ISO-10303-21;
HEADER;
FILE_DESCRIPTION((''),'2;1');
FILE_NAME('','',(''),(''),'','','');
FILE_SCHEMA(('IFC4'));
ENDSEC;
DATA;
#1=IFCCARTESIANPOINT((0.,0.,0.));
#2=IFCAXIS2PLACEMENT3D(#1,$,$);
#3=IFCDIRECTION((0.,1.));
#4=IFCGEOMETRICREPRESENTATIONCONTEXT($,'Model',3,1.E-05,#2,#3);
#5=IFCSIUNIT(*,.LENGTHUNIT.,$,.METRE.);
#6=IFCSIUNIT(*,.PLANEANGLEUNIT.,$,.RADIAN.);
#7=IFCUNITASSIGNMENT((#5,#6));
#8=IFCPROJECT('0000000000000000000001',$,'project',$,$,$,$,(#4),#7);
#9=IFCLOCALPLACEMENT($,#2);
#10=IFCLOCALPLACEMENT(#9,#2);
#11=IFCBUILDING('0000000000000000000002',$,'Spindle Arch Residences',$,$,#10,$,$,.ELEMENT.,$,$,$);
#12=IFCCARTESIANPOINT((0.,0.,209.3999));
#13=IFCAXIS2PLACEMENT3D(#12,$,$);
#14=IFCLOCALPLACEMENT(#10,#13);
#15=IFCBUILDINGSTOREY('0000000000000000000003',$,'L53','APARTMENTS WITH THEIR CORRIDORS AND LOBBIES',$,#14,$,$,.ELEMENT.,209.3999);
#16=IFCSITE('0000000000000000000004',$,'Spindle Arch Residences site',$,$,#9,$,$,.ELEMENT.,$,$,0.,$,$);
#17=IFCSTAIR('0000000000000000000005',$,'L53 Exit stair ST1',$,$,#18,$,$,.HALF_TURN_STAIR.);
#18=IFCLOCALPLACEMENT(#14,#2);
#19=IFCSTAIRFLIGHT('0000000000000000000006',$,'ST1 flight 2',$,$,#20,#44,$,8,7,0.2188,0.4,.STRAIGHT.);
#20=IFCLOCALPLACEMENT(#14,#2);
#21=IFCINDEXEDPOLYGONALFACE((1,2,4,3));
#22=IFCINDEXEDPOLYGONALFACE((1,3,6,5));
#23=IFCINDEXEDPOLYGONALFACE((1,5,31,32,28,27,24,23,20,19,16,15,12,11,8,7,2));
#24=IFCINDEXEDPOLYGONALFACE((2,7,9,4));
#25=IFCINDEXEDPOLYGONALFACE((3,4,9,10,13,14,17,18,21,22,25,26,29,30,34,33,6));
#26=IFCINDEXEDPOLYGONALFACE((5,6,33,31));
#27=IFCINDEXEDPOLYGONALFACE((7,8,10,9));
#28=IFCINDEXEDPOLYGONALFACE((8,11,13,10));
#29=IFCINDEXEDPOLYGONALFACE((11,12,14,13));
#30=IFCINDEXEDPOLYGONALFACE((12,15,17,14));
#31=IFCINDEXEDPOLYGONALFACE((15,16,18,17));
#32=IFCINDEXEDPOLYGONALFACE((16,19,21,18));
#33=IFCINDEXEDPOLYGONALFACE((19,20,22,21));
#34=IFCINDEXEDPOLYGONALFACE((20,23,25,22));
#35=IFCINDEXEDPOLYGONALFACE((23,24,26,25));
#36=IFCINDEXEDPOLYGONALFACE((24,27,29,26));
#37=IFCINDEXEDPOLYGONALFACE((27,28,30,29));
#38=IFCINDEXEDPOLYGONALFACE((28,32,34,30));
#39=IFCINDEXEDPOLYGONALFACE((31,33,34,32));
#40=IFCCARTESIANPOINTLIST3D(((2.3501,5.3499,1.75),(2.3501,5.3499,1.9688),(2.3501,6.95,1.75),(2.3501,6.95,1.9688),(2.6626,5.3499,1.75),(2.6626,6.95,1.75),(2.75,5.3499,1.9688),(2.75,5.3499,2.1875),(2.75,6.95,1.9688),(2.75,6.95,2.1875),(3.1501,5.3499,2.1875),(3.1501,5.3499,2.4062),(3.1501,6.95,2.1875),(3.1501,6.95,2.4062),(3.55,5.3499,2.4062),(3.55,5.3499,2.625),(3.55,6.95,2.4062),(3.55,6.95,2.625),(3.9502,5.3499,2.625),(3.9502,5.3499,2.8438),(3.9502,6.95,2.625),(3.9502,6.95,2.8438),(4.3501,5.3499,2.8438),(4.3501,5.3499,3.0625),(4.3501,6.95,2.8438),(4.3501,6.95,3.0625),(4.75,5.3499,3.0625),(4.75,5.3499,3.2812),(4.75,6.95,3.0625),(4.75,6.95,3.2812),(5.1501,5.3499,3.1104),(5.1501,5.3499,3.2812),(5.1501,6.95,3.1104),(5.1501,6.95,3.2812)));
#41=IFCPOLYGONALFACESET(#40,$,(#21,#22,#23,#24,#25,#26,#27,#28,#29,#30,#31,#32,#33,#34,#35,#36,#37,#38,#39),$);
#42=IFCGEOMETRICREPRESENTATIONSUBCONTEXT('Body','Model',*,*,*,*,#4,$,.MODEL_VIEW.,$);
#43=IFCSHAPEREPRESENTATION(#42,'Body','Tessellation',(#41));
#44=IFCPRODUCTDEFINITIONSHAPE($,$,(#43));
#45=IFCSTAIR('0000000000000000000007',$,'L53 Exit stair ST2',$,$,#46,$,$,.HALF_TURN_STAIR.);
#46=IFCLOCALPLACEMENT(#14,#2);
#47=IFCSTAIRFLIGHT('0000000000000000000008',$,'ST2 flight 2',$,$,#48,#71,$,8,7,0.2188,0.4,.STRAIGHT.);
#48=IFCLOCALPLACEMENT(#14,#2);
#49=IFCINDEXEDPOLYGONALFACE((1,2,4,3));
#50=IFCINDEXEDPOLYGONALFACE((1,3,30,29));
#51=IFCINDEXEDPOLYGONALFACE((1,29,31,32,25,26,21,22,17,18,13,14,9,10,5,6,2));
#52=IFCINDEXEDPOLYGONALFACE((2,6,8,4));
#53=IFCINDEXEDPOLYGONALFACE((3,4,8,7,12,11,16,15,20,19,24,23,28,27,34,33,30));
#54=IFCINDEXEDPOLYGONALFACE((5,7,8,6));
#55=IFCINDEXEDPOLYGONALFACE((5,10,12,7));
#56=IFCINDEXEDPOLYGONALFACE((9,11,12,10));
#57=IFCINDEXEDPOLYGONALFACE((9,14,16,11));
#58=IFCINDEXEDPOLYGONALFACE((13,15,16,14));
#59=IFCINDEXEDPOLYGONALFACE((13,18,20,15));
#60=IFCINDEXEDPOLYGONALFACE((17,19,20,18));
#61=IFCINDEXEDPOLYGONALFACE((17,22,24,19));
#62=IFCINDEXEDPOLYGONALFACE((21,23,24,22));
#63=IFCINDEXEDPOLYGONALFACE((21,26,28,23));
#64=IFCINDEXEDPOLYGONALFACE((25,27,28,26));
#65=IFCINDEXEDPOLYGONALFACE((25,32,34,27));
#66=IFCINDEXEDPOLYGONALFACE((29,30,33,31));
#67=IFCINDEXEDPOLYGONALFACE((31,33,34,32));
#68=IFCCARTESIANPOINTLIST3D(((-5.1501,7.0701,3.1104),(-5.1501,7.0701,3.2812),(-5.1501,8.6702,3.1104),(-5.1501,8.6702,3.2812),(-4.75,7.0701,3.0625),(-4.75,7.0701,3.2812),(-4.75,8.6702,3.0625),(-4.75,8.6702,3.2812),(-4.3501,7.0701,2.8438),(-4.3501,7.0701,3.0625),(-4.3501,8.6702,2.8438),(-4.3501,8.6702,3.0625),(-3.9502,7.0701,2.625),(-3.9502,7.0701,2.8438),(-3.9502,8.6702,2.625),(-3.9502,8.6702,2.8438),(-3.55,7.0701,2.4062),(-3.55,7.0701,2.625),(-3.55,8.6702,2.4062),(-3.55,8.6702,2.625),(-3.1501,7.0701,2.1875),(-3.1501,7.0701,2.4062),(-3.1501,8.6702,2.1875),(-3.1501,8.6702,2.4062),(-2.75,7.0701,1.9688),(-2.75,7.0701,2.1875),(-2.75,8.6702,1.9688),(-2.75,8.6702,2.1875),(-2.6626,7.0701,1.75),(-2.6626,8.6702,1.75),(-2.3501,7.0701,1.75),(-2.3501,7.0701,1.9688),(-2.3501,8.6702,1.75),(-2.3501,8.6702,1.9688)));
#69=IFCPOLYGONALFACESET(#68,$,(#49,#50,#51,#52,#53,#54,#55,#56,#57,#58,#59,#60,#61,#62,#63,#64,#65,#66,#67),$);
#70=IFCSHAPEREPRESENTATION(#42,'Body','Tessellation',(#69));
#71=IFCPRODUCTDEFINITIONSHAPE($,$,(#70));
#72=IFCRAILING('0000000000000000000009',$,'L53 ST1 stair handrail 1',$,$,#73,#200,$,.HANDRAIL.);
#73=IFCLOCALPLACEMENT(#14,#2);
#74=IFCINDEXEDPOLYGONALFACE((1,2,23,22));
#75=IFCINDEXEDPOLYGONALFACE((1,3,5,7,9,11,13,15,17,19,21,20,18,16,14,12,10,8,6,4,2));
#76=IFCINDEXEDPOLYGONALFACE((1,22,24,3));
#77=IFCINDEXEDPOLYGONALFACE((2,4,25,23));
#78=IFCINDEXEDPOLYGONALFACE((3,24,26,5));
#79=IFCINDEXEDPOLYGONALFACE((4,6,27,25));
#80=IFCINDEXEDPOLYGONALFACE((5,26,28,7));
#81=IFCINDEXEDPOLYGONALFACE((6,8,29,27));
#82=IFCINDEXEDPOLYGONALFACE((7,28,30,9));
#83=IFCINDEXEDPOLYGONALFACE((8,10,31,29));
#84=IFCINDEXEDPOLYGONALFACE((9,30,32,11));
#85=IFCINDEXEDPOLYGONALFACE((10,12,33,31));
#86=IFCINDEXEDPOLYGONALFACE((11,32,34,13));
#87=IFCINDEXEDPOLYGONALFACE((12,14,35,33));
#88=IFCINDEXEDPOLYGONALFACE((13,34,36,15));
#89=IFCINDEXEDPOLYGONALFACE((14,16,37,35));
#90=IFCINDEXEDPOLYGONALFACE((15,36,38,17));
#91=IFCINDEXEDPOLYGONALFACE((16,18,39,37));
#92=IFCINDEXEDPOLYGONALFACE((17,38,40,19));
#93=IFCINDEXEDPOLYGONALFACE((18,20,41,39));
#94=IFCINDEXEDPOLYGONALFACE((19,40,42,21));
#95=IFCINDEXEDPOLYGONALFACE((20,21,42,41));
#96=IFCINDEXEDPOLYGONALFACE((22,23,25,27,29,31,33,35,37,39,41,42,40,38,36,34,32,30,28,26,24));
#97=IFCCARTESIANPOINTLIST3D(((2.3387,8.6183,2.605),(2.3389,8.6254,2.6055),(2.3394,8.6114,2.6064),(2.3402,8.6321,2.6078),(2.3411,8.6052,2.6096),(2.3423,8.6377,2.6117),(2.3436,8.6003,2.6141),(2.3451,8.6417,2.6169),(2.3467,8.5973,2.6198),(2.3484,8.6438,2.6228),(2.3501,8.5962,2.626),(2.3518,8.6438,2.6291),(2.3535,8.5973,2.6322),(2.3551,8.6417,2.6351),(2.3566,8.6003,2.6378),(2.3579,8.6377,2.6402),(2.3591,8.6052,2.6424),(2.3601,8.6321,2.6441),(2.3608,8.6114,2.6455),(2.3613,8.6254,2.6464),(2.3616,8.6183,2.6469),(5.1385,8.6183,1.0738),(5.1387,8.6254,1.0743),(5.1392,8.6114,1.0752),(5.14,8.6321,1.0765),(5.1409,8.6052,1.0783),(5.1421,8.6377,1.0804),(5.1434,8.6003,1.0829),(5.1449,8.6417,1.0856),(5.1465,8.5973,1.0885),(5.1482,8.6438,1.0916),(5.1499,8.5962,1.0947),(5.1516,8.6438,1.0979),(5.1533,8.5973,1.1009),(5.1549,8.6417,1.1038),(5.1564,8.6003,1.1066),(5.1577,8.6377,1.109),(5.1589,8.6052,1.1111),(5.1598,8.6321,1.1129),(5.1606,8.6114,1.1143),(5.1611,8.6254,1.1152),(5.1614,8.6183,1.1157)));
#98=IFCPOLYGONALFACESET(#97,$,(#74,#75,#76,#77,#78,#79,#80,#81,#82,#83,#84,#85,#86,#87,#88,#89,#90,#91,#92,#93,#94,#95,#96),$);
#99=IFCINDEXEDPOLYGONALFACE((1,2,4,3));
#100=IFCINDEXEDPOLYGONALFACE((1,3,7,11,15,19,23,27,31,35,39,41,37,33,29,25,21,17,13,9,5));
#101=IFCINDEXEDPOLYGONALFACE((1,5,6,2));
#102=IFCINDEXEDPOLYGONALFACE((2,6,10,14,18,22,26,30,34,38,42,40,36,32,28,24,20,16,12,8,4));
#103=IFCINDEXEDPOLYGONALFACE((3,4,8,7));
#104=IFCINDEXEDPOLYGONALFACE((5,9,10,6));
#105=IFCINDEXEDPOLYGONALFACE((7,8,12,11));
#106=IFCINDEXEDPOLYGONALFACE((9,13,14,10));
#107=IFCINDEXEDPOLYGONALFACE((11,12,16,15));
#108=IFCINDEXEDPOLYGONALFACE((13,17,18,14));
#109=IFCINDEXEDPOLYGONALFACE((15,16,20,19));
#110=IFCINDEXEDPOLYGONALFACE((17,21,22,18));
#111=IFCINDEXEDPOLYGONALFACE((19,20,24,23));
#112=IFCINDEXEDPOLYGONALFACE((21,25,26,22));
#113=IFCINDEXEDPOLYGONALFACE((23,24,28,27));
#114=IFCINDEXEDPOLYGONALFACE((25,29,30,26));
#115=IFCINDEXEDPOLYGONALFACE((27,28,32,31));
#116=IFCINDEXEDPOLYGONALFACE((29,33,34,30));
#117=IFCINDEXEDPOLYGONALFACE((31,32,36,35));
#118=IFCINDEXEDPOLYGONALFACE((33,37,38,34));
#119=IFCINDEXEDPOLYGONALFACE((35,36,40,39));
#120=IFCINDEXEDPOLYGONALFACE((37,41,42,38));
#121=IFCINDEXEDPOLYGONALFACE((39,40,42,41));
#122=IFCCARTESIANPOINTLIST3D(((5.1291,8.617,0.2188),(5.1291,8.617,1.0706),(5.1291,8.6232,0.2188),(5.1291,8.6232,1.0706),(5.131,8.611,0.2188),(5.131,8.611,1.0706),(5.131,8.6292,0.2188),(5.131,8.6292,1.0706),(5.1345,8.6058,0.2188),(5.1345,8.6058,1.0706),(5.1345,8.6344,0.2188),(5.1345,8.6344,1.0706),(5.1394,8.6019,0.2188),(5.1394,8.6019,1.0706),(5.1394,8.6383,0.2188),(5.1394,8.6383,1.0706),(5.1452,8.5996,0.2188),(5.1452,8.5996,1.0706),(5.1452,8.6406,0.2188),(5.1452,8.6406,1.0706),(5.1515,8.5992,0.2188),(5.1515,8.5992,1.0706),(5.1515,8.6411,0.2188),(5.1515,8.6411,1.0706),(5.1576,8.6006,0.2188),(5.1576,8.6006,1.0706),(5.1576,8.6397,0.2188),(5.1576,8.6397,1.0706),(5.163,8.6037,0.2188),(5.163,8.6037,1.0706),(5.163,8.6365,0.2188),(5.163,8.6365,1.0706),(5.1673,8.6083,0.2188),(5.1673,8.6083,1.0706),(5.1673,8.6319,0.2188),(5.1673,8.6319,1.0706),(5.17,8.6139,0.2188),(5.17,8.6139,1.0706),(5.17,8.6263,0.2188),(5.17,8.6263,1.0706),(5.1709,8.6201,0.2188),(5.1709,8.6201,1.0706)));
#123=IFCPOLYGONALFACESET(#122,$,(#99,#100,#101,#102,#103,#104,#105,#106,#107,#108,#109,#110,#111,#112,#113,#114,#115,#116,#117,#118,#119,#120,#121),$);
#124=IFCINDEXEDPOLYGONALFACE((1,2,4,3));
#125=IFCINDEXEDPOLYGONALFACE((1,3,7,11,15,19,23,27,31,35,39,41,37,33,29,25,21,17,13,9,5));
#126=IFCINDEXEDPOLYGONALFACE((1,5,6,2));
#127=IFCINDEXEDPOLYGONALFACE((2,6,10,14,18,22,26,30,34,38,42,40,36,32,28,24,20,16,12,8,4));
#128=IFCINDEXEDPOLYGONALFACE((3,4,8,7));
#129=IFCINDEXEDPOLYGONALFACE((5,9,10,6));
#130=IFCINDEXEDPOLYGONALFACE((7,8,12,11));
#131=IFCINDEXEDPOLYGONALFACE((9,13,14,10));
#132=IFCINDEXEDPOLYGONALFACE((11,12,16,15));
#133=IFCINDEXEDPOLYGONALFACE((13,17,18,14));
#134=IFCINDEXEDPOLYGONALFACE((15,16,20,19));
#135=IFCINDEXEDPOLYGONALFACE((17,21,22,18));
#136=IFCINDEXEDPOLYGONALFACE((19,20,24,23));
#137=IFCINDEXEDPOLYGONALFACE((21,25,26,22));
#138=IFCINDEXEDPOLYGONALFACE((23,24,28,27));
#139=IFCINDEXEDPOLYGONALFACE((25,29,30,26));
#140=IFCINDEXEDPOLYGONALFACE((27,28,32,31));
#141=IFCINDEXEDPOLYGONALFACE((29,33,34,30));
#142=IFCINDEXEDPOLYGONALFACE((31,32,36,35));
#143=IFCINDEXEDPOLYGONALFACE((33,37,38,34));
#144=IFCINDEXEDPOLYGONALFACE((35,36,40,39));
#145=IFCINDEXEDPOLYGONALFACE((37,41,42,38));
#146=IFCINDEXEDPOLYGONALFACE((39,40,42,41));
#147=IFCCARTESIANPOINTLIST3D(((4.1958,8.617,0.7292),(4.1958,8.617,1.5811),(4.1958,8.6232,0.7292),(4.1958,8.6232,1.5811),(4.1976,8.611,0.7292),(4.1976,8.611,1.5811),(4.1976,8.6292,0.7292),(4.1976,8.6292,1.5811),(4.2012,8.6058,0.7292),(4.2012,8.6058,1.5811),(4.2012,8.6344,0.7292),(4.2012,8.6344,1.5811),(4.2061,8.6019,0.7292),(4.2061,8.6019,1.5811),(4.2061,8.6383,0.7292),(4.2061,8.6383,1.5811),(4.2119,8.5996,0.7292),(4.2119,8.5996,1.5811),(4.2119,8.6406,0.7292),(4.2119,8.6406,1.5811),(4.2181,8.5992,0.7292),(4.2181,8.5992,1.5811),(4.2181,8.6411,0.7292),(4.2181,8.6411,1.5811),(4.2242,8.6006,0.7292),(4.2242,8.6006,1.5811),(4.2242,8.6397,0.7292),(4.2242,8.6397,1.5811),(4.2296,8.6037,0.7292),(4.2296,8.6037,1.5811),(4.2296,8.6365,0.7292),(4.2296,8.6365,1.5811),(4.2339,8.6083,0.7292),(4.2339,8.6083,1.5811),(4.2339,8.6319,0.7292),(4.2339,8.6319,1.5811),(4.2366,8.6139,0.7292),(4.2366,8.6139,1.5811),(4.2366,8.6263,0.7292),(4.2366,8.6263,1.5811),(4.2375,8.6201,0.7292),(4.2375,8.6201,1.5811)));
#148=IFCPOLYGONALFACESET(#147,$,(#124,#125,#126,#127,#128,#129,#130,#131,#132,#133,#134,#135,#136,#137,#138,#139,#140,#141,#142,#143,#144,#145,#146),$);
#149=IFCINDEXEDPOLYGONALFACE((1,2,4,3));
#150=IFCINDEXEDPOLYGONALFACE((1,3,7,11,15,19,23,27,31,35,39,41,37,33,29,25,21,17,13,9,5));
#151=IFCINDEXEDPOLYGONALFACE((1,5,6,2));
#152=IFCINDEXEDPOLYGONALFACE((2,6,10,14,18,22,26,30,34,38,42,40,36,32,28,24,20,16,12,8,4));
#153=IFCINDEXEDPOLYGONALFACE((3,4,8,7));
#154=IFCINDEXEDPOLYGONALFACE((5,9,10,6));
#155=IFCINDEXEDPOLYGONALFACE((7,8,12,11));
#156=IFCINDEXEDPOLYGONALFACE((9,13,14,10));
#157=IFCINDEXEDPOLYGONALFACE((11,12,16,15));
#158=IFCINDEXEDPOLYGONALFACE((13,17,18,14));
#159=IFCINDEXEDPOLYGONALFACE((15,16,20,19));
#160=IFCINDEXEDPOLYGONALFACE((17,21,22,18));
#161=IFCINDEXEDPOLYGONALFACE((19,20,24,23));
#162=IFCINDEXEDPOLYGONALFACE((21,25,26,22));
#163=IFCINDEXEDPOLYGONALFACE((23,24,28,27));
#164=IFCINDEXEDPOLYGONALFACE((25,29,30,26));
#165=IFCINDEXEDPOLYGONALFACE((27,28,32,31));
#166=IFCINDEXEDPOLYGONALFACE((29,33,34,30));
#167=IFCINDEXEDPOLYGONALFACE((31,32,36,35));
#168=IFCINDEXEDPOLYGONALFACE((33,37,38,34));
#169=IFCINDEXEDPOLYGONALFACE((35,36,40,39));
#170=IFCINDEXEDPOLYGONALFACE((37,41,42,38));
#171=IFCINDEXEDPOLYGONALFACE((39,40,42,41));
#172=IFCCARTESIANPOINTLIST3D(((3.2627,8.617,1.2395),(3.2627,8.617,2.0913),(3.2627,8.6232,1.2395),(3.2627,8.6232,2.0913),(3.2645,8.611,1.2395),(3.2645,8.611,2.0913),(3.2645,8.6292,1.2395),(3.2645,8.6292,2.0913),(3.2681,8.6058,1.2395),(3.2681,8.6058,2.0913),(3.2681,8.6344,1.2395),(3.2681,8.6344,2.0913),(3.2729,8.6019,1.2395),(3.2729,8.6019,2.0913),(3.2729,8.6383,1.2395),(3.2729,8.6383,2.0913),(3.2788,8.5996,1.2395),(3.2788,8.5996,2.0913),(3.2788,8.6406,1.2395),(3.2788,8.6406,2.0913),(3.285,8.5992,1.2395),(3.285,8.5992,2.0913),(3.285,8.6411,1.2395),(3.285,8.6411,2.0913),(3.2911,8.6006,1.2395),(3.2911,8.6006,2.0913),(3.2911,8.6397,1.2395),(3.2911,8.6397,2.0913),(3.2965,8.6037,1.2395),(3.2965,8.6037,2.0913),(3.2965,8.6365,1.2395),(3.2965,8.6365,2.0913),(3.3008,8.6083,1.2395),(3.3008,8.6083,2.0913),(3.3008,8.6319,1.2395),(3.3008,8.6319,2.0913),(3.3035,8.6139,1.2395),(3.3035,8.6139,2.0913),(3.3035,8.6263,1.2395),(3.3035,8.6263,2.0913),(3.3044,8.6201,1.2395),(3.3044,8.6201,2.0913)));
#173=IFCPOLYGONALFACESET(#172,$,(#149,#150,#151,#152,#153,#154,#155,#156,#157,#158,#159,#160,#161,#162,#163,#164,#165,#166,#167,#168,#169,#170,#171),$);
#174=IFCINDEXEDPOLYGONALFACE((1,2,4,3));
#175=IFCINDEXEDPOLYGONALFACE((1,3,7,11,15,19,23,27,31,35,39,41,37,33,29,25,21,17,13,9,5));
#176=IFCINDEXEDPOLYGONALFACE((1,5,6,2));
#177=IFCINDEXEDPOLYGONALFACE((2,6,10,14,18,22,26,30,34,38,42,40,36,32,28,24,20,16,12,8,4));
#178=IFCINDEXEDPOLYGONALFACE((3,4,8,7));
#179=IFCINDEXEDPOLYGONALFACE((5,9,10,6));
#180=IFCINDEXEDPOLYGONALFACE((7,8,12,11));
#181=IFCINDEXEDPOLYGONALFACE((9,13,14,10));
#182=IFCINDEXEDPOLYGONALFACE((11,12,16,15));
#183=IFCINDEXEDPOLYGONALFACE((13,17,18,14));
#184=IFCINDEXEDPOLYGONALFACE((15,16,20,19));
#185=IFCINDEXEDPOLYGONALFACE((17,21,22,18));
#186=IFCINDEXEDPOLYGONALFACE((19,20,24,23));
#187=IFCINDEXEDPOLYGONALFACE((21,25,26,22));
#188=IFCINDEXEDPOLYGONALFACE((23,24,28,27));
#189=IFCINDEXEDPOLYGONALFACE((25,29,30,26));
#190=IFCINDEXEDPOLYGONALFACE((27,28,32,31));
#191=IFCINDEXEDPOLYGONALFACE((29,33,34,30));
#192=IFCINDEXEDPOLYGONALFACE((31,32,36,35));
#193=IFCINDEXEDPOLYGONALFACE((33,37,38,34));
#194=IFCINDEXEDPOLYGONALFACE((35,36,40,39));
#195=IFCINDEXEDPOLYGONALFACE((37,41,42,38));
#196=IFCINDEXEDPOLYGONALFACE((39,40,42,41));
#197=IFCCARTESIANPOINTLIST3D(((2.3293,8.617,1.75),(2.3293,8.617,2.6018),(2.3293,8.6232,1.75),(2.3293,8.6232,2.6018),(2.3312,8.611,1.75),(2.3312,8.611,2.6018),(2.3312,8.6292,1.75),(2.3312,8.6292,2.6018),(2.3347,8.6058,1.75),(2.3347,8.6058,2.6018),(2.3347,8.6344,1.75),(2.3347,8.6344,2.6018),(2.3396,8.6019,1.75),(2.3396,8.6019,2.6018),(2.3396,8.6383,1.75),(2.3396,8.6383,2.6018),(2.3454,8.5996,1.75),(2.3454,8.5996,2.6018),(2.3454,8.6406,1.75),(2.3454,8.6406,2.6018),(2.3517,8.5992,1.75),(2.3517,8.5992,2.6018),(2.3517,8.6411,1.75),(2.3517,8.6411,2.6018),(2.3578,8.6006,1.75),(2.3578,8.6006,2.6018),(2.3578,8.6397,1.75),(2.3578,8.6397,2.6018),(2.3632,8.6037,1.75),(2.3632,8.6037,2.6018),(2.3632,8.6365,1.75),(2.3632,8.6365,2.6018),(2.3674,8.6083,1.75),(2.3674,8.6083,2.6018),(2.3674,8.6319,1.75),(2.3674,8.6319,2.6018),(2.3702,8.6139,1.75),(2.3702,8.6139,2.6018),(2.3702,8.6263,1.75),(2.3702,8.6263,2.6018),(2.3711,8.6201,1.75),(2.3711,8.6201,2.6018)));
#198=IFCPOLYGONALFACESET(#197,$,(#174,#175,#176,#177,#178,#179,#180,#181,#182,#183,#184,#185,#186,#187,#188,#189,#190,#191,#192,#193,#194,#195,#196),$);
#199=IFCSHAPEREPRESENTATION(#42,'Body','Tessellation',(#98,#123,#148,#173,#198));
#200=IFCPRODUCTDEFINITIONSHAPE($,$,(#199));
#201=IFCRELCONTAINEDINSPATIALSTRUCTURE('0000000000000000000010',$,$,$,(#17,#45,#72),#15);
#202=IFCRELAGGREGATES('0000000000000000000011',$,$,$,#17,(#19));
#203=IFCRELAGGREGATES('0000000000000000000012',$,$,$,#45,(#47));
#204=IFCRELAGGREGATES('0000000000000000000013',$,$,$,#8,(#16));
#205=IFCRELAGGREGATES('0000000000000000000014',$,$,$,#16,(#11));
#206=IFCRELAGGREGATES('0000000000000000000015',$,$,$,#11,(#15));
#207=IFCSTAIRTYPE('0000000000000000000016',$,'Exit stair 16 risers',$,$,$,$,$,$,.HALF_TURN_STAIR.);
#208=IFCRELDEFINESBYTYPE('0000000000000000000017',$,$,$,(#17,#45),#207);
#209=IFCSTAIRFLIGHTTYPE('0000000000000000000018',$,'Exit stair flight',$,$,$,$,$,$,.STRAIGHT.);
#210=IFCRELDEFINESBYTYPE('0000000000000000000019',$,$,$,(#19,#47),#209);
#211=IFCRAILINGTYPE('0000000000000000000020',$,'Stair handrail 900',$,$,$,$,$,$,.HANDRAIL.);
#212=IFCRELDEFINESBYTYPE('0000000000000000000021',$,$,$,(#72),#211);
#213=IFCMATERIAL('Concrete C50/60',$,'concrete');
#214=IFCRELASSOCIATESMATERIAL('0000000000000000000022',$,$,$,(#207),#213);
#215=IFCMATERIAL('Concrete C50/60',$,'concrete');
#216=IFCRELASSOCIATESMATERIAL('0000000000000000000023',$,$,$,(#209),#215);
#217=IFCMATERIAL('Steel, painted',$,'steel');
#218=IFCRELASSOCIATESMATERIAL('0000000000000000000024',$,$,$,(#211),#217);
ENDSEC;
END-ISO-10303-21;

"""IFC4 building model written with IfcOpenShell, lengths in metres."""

from ifc_helpers import new_model, si_unit, direction, frame, origin, origin_2d, place, context, subcontext, project, spatial, polyline, circle, outline, extrude, material, type_object, element, aggregate, save


model = new_model("IFC4")

# Units and contexts
model_context = context("Model", 3, precision=1e-05, world=origin(), true_north=direction((0.0, 1.0)))
body_context = subcontext(model_context, "Body", "Model", "MODEL_VIEW")
ifc_project = project(units=[si_unit("LENGTHUNIT", "METRE"), si_unit("PLANEANGLEUNIT", "RADIAN")], contexts=[model_context])

# Site, building, storey
site_placement = place(None, origin())
site = spatial("IfcSite", under=ifc_project, at=site_placement, Name="Spindle Arch Residences site", CompositionType="ELEMENT", RefElevation=0.0)
building_placement = place(site_placement, origin())
building = spatial("IfcBuilding", under=site, at=building_placement, Name="Spindle Arch Residences", CompositionType="ELEMENT")
storey_placement = place(building_placement, frame((0.0, 0.0, 209.3999)))
storey = spatial("IfcBuildingStorey", under=building, at=storey_placement, Name="L53", Description="APARTMENTS WITH THEIR CORRIDORS AND LOBBIES", CompositionType="ELEMENT", Elevation=209.3999)

# Stair, stair flight
ifc_material_1 = material(Name="Concrete C50/60", Category="concrete")
stair_type = type_object("IfcStairType", Name="Exit stair 16 risers", PredefinedType="HALF_TURN_STAIR", material=ifc_material_1)
stair_1_placement = place(storey_placement, origin())
stair_1 = element("IfcStair", 1, at=stair_1_placement, inside=storey, type_object=stair_type, Name="L53 Exit stair ST1", PredefinedType="HALF_TURN_STAIR")
ifc_material_2 = material(Name="Concrete C50/60", Category="concrete")
stair_flight_type = type_object("IfcStairFlightType", Name="Exit stair flight", PredefinedType="STRAIGHT", material=ifc_material_2)
stair_flight_1_placement = place(storey_placement, frame((2.3501, 6.1499, 1.75), z_axis=(0.0, 0.0, 1.0), x_axis=(1.0, 0.0, 0.0)))
stair_flight_1 = element("IfcStairFlight", 2, at=stair_flight_1_placement, type_object=stair_flight_type, Name="ST1 flight 2", NumberOfRisers=8, NumberOfTreads=7, PredefinedType="STRAIGHT", RiserHeight=0.2188, TreadLength=0.4, context=body_context, shape_type="SweptSolid", body=[
    extrude(outline(polyline([(0.0, 0.0), (0.0, 0.2188), (0.3999, 0.2188), (0.3999, 0.4375), (0.8, 0.4375), (0.8, 0.6562), (1.2, 0.6562), (1.2, 0.875), (1.6001, 0.875), (1.6001, 1.0938), (2.0, 1.0938), (2.0, 1.3125), (2.3999, 1.3125), (2.3999, 1.5312), (2.8, 1.5312), (2.8, 1.75), (2.8, 1.3604), (0.3125, 0.0), (0.0, 0.0)])), frame((0.0, 0.8, 0.0), z_axis=(0.0, -1.0, 0.0), x_axis=(1.0, 0.0, 0.0)), (0.0, 0.0, 1.0), 1.6001),
])
aggregate(stair_1, [stair_flight_1])

# Stair, stair flight
stair_2_placement = place(storey_placement, origin())
stair_2 = element("IfcStair", 3, at=stair_2_placement, inside=storey, type_object=stair_type, Name="L53 Exit stair ST2", PredefinedType="HALF_TURN_STAIR")
stair_flight_2_placement = place(storey_placement, frame((-2.3501, 7.8701, 1.75), z_axis=(0.0, 0.0, 1.0), x_axis=(-1.0, 0.0, 0.0)))
stair_flight_2 = element("IfcStairFlight", 4, at=stair_flight_2_placement, type_object=stair_flight_type, Name="ST2 flight 2", NumberOfRisers=8, NumberOfTreads=7, PredefinedType="STRAIGHT", RiserHeight=0.2188, TreadLength=0.4, context=body_context, shape_type="SweptSolid", body=[
    extrude(outline(polyline([(0.0, 0.0), (0.0, 0.2188), (0.3999, 0.2188), (0.3999, 0.4375), (0.8, 0.4375), (0.8, 0.6562), (1.2, 0.6562), (1.2, 0.875), (1.6001, 0.875), (1.6001, 1.0938), (2.0, 1.0938), (2.0, 1.3125), (2.3999, 1.3125), (2.3999, 1.5312), (2.8, 1.5312), (2.8, 1.75), (2.8, 1.3604), (0.3125, 0.0), (0.0, 0.0)])), frame((0.0, 0.8, 0.0), z_axis=(0.0, -1.0, 0.0), x_axis=(1.0, 0.0, 0.0)), (0.0, 0.0, 1.0), 1.6001),
])
aggregate(stair_2, [stair_flight_2])

# Railing
ifc_material_3 = material(Name="Steel, painted", Category="steel")
railing_type_1 = type_object("IfcRailingType", Name="Stair handrail 900", PredefinedType="HANDRAIL", material=ifc_material_3)
railing_1_placement = place(storey_placement, frame((5.1499, 8.6201, 0.2188)))
element("IfcRailing", 5, at=railing_1_placement, inside=storey, type_object=railing_type_1, Name="L53 ST1 stair handrail 1", PredefinedType="HANDRAIL", context=body_context, shape_type="SweptSolid", body=[
    extrude(circle(Radius=0.0239, at=origin_2d()), frame((0.0, 0.0, 0.876), z_axis=(-0.877357, 0.0, 0.479838), x_axis=(0.0, -1.0, 0.0)), (0.0, 0.0, 1.0), 3.1912),
    extrude(circle(Radius=0.021, at=origin_2d()), origin(), (0.0, 0.0, 1.0), 0.8518),
    extrude(circle(Radius=0.021, at=origin_2d()), frame((-0.9333, 0.0, 0.5105)), (0.0, 0.0, 1.0), 0.8518),
    extrude(circle(Radius=0.021, at=origin_2d()), frame((-1.8665, 0.0, 1.0208)), (0.0, 0.0, 1.0), 0.8518),
    extrude(circle(Radius=0.021, at=origin_2d()), frame((-2.7998, 0.0, 1.5312)), (0.0, 0.0, 1.0), 0.8518),
])

save(model, "model.ifc")
